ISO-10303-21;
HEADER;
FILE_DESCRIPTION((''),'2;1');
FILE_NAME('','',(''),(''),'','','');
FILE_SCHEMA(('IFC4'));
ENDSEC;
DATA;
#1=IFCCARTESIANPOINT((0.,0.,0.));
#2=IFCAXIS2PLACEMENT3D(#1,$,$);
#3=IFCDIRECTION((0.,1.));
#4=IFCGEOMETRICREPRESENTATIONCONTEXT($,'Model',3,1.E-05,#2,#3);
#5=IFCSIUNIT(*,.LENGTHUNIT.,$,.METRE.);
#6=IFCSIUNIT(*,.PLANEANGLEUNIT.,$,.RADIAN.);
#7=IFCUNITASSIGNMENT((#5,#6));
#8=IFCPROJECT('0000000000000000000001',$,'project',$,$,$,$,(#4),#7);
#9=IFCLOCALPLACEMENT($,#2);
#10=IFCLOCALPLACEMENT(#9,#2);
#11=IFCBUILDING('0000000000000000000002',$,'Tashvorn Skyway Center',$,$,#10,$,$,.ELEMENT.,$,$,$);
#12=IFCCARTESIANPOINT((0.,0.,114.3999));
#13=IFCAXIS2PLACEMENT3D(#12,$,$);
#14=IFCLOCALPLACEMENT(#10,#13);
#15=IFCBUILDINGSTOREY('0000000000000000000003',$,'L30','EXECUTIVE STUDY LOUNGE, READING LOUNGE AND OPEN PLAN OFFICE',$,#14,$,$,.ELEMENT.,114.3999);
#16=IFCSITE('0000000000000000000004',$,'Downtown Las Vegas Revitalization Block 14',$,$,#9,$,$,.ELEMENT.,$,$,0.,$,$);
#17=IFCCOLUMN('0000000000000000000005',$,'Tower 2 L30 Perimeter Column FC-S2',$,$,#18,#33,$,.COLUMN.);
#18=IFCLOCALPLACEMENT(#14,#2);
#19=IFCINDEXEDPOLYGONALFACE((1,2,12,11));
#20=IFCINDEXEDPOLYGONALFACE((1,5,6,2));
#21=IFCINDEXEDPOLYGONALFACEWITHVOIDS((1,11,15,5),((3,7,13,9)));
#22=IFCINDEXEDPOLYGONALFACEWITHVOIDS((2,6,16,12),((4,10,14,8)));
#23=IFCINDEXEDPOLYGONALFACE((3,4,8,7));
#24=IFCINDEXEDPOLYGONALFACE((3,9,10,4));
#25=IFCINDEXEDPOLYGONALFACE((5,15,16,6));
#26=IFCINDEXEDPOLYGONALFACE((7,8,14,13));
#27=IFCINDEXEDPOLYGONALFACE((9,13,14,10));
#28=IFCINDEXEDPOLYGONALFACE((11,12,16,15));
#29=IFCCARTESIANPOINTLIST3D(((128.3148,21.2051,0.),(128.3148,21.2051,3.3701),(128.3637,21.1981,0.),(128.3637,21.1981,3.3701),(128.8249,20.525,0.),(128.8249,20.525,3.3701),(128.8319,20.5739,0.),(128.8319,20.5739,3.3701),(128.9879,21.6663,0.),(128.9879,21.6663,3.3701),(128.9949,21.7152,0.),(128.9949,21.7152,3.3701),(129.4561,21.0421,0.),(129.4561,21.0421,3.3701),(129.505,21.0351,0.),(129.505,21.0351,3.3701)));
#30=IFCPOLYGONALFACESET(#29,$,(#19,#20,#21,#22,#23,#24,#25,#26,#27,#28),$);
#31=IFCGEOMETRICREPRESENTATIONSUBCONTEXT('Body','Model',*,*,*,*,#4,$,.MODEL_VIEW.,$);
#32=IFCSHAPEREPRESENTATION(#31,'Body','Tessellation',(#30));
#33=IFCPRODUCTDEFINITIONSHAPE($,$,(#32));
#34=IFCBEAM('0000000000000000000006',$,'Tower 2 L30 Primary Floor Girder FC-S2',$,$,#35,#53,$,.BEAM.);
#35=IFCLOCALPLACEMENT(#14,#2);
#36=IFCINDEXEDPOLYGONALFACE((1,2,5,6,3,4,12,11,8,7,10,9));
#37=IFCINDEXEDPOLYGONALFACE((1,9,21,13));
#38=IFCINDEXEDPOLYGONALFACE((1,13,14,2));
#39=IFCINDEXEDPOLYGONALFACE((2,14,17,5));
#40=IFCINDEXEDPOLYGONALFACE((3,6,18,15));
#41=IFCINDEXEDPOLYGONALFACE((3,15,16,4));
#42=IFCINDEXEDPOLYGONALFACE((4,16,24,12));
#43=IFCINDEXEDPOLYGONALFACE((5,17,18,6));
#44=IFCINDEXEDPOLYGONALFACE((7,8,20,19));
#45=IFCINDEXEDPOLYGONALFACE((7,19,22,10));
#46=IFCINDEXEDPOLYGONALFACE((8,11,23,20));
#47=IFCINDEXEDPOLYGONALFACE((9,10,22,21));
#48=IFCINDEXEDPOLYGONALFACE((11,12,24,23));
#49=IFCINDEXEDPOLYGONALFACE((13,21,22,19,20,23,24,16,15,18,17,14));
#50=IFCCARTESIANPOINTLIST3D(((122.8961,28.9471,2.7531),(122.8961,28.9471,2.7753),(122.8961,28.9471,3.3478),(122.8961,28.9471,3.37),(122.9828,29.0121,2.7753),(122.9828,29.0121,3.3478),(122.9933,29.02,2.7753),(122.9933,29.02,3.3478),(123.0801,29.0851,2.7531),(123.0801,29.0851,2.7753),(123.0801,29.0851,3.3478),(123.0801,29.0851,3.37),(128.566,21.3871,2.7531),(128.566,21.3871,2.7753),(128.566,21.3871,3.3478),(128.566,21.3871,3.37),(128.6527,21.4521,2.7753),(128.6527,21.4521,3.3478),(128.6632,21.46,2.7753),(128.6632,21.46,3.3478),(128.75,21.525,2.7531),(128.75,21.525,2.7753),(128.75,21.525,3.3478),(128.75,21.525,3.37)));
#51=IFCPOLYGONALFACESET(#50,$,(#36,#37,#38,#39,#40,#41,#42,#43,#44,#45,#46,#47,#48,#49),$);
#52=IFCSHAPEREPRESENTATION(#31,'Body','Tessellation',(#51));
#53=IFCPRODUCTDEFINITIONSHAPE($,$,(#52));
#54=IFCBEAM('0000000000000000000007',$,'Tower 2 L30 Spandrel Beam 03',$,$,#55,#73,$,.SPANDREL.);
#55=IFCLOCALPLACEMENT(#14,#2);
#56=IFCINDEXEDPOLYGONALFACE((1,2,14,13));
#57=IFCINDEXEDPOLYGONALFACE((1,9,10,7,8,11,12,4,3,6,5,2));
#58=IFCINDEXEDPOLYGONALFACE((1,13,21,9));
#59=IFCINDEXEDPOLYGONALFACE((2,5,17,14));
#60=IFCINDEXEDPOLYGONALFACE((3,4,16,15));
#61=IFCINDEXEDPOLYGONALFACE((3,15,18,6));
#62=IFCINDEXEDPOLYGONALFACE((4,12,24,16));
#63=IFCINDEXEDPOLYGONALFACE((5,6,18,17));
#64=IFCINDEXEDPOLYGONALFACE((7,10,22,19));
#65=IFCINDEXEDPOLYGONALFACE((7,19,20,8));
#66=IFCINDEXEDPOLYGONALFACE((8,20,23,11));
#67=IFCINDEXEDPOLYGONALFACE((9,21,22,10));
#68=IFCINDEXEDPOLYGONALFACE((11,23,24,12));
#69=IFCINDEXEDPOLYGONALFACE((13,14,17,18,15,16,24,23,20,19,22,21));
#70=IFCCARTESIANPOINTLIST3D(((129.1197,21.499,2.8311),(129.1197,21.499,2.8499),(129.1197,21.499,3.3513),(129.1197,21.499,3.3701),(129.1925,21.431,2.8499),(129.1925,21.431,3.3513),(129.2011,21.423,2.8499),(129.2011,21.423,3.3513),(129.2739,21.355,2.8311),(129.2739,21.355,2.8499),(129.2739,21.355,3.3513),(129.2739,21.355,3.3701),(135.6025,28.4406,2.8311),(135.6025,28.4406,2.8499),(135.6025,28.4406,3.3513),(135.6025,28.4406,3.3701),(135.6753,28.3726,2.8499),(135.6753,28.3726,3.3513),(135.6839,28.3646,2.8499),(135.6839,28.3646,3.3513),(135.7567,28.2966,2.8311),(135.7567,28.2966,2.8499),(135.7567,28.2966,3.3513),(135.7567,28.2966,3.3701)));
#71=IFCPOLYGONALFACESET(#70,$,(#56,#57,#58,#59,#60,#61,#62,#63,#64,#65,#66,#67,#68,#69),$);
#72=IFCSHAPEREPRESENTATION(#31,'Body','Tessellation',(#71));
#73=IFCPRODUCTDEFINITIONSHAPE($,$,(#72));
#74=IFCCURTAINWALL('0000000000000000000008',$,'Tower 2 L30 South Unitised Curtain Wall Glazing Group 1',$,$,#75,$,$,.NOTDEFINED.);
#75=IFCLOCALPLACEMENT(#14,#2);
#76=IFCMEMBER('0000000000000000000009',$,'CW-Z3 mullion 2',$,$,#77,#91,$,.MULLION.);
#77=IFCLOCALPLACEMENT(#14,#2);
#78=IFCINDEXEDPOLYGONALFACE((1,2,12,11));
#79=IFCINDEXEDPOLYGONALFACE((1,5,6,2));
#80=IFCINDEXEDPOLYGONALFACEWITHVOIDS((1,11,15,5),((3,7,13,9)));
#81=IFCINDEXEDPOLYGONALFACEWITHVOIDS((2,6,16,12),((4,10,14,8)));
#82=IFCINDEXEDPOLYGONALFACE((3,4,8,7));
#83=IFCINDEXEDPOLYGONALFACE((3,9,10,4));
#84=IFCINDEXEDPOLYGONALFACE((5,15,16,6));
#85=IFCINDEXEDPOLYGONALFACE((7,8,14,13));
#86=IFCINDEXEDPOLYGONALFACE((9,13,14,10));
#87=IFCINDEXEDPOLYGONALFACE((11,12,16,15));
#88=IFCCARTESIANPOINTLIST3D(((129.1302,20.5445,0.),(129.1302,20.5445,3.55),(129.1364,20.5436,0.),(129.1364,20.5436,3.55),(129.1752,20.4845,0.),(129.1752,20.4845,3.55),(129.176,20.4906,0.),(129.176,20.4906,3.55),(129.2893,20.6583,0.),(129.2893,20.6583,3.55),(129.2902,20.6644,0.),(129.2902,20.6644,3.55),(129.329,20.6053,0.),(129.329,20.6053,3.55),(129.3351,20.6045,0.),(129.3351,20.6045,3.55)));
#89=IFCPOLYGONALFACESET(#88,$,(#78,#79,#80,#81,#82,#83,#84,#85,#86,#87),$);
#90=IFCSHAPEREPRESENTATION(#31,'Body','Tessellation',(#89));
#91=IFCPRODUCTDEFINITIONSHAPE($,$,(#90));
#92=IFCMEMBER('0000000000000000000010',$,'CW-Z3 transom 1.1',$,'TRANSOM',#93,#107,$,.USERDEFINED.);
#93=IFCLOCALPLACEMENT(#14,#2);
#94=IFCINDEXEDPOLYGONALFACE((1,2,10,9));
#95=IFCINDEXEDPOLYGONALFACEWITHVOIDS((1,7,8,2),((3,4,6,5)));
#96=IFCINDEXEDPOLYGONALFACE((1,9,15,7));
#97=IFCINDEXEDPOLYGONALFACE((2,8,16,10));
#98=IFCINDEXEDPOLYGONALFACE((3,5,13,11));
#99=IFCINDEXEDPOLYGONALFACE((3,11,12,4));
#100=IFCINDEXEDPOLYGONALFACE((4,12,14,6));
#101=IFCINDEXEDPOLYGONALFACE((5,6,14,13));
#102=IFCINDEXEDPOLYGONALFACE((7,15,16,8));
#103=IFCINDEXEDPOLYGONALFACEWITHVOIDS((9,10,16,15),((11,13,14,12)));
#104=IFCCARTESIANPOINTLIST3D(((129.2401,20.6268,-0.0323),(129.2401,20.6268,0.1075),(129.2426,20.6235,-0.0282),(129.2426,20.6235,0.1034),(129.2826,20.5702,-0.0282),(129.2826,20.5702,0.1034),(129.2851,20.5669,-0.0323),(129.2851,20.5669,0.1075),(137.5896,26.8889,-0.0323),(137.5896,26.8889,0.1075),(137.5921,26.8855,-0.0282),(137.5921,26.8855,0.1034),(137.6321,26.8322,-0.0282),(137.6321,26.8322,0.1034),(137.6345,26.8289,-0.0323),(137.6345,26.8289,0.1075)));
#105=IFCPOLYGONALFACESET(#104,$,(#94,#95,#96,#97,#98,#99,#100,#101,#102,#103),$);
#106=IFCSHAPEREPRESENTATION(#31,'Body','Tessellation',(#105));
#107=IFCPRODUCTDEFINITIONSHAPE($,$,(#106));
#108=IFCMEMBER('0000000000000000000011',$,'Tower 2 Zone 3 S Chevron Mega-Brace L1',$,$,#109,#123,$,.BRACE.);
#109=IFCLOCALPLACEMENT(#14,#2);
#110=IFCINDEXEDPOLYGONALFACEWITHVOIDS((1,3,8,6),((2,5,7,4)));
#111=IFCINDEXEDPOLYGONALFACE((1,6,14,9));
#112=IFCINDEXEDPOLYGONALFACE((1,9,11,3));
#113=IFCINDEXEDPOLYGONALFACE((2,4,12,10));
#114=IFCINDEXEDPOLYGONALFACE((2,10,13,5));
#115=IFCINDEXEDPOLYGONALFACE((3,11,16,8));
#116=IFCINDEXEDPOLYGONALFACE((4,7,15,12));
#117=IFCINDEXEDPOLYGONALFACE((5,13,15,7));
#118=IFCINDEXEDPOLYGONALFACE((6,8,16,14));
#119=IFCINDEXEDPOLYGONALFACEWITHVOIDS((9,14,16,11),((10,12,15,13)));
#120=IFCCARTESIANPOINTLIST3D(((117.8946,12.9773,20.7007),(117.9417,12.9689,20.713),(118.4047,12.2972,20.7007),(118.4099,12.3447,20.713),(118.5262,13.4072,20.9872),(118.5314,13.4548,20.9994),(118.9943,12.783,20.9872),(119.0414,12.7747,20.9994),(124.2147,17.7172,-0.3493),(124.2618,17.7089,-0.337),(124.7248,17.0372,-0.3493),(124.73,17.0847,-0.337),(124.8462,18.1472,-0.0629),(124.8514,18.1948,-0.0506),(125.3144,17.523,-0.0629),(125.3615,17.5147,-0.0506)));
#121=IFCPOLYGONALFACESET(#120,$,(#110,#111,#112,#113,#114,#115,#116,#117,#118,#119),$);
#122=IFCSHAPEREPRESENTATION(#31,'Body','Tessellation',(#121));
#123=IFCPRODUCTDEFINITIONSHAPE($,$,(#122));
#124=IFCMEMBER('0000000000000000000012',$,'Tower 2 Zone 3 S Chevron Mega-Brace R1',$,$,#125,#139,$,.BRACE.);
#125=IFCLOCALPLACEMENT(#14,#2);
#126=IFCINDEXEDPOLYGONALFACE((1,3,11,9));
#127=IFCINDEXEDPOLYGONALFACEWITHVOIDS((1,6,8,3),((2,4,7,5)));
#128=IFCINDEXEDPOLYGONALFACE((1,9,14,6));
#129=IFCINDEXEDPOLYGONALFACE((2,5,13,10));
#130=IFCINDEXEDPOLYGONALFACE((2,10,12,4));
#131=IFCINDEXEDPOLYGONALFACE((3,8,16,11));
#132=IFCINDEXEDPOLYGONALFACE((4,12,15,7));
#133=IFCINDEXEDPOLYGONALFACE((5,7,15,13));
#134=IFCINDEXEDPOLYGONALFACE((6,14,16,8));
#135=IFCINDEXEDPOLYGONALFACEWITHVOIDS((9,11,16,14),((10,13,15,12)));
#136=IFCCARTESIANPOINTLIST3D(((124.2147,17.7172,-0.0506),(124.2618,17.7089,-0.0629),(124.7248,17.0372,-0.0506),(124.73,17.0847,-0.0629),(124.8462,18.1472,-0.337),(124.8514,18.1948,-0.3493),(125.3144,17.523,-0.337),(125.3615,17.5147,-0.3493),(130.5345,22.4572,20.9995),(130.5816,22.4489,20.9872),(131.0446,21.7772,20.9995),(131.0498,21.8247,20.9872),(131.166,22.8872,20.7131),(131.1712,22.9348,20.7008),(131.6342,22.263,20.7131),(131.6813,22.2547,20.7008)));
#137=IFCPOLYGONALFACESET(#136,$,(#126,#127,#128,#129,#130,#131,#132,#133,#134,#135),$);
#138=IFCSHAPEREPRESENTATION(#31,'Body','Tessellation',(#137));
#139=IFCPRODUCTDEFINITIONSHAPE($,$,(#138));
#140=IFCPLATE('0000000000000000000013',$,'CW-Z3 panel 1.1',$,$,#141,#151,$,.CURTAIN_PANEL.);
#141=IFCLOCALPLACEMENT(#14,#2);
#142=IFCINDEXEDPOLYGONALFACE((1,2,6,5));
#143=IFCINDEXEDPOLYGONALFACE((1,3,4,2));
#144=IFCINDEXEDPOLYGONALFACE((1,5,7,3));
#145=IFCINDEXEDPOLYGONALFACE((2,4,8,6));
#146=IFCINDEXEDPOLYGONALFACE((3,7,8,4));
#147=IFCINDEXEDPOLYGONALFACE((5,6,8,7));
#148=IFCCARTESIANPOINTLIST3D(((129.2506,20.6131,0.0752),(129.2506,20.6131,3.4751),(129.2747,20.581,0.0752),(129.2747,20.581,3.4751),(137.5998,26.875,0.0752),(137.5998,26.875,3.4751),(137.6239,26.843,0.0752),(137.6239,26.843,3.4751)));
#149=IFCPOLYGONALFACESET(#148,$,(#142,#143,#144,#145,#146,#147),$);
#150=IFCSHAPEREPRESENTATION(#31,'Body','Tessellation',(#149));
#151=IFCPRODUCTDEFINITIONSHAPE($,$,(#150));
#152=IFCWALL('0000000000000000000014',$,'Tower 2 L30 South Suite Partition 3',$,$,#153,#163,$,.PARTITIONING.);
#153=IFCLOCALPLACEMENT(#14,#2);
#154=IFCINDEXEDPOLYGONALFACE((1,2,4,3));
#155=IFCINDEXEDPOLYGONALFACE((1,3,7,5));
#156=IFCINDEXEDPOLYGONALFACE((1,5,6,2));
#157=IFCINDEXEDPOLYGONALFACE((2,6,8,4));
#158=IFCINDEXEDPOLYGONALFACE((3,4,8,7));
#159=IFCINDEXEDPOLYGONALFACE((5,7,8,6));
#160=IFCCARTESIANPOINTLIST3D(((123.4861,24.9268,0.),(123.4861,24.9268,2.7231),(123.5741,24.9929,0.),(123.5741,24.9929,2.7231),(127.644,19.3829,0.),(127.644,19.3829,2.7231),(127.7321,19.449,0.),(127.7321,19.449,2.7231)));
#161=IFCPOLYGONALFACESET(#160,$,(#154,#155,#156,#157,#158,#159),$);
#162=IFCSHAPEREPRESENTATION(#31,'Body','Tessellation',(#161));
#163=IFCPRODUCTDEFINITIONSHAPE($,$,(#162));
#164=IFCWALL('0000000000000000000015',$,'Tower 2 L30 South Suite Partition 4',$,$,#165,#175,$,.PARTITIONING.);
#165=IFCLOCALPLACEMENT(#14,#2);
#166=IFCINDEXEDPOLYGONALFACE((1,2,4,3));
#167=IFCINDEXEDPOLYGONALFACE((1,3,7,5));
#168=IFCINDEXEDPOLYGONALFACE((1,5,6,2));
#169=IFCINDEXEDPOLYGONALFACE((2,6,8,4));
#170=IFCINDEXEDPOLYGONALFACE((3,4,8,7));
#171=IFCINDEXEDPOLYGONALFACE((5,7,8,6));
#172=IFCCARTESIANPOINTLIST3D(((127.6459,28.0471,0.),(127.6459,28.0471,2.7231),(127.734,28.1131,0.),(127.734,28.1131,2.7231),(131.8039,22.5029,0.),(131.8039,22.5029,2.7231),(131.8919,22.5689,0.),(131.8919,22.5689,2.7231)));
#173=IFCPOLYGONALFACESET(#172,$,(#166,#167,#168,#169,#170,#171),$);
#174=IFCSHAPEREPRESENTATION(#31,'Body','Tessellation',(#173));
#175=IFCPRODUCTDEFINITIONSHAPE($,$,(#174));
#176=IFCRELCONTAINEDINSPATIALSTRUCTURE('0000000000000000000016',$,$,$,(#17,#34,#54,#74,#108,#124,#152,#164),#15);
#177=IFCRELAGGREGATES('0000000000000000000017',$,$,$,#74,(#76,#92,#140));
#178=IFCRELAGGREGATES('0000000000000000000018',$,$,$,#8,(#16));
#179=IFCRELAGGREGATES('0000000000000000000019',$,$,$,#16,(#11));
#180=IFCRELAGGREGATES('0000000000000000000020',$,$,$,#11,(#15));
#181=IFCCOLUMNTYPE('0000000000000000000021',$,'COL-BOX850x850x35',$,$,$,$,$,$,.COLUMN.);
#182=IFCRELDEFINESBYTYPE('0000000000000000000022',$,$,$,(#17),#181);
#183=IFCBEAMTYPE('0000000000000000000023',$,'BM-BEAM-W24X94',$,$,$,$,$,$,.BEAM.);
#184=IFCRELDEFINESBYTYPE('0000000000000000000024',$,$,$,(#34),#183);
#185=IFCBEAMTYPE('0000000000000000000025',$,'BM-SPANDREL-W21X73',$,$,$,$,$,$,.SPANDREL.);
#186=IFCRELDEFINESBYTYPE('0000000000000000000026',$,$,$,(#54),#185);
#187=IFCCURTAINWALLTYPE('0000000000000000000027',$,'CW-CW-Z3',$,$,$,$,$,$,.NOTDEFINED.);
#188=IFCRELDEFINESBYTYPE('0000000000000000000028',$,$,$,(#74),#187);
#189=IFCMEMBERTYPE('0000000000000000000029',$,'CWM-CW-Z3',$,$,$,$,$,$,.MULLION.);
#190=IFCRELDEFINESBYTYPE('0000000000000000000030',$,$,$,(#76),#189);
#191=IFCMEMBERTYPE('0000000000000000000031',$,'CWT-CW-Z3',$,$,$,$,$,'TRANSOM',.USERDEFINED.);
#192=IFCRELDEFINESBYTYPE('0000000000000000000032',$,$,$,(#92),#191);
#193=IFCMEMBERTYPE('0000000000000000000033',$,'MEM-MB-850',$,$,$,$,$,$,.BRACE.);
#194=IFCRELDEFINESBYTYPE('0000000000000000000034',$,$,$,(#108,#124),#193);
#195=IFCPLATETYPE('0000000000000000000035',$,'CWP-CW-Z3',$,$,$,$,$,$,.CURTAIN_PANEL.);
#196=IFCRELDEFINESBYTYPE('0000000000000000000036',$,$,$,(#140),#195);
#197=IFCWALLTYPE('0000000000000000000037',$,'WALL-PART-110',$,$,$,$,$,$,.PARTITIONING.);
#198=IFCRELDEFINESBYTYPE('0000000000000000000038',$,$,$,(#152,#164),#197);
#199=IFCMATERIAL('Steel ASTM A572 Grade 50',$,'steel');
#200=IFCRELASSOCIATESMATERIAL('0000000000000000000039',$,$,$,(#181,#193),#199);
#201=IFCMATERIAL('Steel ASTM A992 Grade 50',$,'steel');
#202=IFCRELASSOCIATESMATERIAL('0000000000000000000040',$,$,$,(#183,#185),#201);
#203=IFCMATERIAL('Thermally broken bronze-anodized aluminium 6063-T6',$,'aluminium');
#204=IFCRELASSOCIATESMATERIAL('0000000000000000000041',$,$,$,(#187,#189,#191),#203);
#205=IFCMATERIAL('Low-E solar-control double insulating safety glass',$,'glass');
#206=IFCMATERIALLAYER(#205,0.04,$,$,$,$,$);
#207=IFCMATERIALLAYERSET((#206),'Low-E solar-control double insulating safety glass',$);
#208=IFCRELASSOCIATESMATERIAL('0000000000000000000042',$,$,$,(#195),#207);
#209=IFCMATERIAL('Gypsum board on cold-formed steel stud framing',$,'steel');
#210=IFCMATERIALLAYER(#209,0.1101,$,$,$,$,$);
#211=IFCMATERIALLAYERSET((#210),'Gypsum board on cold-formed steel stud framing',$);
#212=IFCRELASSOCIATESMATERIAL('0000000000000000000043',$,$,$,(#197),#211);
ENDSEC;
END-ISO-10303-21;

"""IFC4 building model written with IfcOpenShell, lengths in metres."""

from ifc_helpers import new_model, si_unit, direction, frame, frame_2d, origin, origin_2d, place, context, subcontext, project, spatial, rectangle, hollow_rectangle, i_section, extrude, material, layer, layer_set, material_profile, profile_set, type_object, element, aggregate, save


model = new_model("IFC4")

# Units and contexts
model_context = context("Model", 3, precision=1e-05, world=origin(), true_north=direction((0.0, 1.0)))
body_context = subcontext(model_context, "Body", "Model", "MODEL_VIEW")
ifc_project = project(units=[si_unit("LENGTHUNIT", "METRE"), si_unit("PLANEANGLEUNIT", "RADIAN")], contexts=[model_context])

# Site, building, storey
site_placement = place(None, origin())
site = spatial("IfcSite", under=ifc_project, at=site_placement, Name="Downtown Las Vegas Revitalization Block 14", CompositionType="ELEMENT", RefElevation=0.0)
building_placement = place(site_placement, origin())
building = spatial("IfcBuilding", under=site, at=building_placement, Name="Tashvorn Skyway Center", CompositionType="ELEMENT")
storey_placement = place(building_placement, frame((0.0, 0.0, 114.3999)))
storey = spatial("IfcBuildingStorey", under=building, at=storey_placement, Name="L30", Description="EXECUTIVE STUDY LOUNGE, READING LOUNGE AND OPEN PLAN OFFICE", CompositionType="ELEMENT", Elevation=114.3999)

# Column
ifc_material_1 = material(Name="Steel ASTM A572 Grade 50", Category="steel")
ifc_material_profile_1 = material_profile(ifc_material_1, hollow_rectangle(XDim=0.8501, YDim=0.8501, WallThickness=0.0349, at=origin_2d()), Name="BOX850x850x35")
ifc_profile_set_1 = profile_set([ifc_material_profile_1], Name="Steel ASTM A572 Grade 50")
column_type = type_object("IfcColumnType", Name="COL-BOX850x850x35", PredefinedType="COLUMN", material=ifc_profile_set_1)
column_placement = place(storey_placement, frame((128.9099, 21.1201, 0.0), z_axis=(0.0, 0.0, 1.0), x_axis=(0.8, 0.6, 0.0)))
element("IfcColumn", 1, at=column_placement, inside=storey, type_object=column_type, Name="Tower 2 L30 Perimeter Column FC-S2", PredefinedType="COLUMN", context=body_context, shape_type="SweptSolid", body=[
    extrude(hollow_rectangle(XDim=0.8501, YDim=0.8501, WallThickness=0.0349, at=origin_2d()), origin(), (0.0, 0.0, 1.0), 3.3701),
])

# Beams
ifc_material_2 = material(Name="Steel ASTM A992 Grade 50", Category="steel")
ifc_material_profile_2 = material_profile(ifc_material_2, i_section(OverallWidth=0.23, OverallDepth=0.6169, WebThickness=0.0132, FlangeThickness=0.0222, at=origin_2d()), Name="W24X94")
ifc_profile_set_2 = profile_set([ifc_material_profile_2], Name="Steel ASTM A992 Grade 50")
beam_type_1 = type_object("IfcBeamType", Name="BM-BEAM-W24X94", PredefinedType="BEAM", material=ifc_profile_set_2)
beam_1_placement = place(storey_placement, frame((128.658, 21.4561, 3.0615), z_axis=(-0.599992, 0.800006, 0.0), x_axis=(-0.800006, -0.599992, 0.0)))
element("IfcBeam", 2, at=beam_1_placement, inside=storey, type_object=beam_type_1, Name="Tower 2 L30 Primary Floor Girder FC-S2", PredefinedType="BEAM", context=body_context, shape_type="SweptSolid", body=[
    extrude(i_section(OverallWidth=0.23, OverallDepth=0.6169, WebThickness=0.0132, FlangeThickness=0.0222, at=origin_2d()), origin(), (0.0, 0.0, 1.0), 9.45),
])
ifc_material_profile_3 = material_profile(ifc_material_2, i_section(OverallWidth=0.2109, OverallDepth=0.5391, WebThickness=0.0117, FlangeThickness=0.0188, at=origin_2d()), Name="W21X73")
ifc_profile_set_3 = profile_set([ifc_material_profile_3], Name="Steel ASTM A992 Grade 50")
beam_type_2 = type_object("IfcBeamType", Name="BM-SPANDREL-W21X73", PredefinedType="SPANDREL", material=ifc_profile_set_3)
beam_2_placement = place(storey_placement, frame((129.1968, 21.427, 3.1006), z_axis=(0.682545, 0.730843, 0.0), x_axis=(-0.730843, 0.682545, 0.0)))
element("IfcBeam", 3, at=beam_2_placement, inside=storey, type_object=beam_type_2, Name="Tower 2 L30 Spandrel Beam 03", PredefinedType="SPANDREL", context=body_context, shape_type="SweptSolid", body=[
    extrude(i_section(OverallWidth=0.2109, OverallDepth=0.5391, WebThickness=0.0117, FlangeThickness=0.0188, at=origin_2d()), origin(), (0.0, 0.0, 1.0), 9.498),
])

# Curtain wall, members
ifc_material_3 = material(Name="Thermally broken bronze-anodized aluminium 6063-T6", Category="aluminium")
curtain_wall_type = type_object("IfcCurtainWallType", Name="CW-CW-Z3", PredefinedType="NOTDEFINED", material=ifc_material_3)
curtain_wall_placement = place(storey_placement, origin())
curtain_wall = element("IfcCurtainWall", 4, at=curtain_wall_placement, inside=storey, type_object=curtain_wall_type, Name="Tower 2 L30 South Unitised Curtain Wall Glazing Group 1", PredefinedType="NOTDEFINED")
ifc_material_profile_4 = material_profile(ifc_material_3, hollow_rectangle(XDim=0.075, YDim=0.2, WallThickness=0.0044, at=origin_2d()), Name="ALU-MULL-75x200")
ifc_profile_set_4 = profile_set([ifc_material_profile_4], Name="Thermally broken bronze-anodized aluminium 6063-T6")
member_type_1 = type_object("IfcMemberType", Name="CWM-CW-Z3", PredefinedType="MULLION", material=ifc_profile_set_4)
member_1_placement = place(storey_placement, frame((129.2327, 20.5745, 0.0), z_axis=(0.0, 0.0, 1.0), x_axis=(0.600002, -0.799999, 0.0)))
member_1 = element("IfcMember", 5, at=member_1_placement, type_object=member_type_1, Name="CW-Z3 mullion 2", PredefinedType="MULLION", context=body_context, shape_type="SweptSolid", body=[
    extrude(hollow_rectangle(XDim=0.075, YDim=0.2, WallThickness=0.0044, at=origin_2d()), origin(), (0.0, 0.0, 1.0), 3.55),
])
ifc_material_profile_5 = material_profile(ifc_material_3, hollow_rectangle(XDim=0.075, YDim=0.1399, WallThickness=0.0042, at=origin_2d()), Name="ALU-TRAN-75x140")
ifc_profile_set_5 = profile_set([ifc_material_profile_5], Name="Thermally broken bronze-anodized aluminium 6063-T6")
member_type_2 = type_object("IfcMemberType", Name="CWT-CW-Z3", ElementType="TRANSOM", PredefinedType="USERDEFINED", material=ifc_profile_set_5)
member_2_placement = place(storey_placement, frame((137.6121, 26.8589, 0.0376), z_axis=(-0.800003, -0.599996, 0.0), x_axis=(0.599996, -0.800003, 0.0)))
member_2 = element("IfcMember", 6, at=member_2_placement, type_object=member_type_2, Name="CW-Z3 transom 1.1", ObjectType="TRANSOM", PredefinedType="USERDEFINED", context=body_context, shape_type="SweptSolid", body=[
    extrude(hollow_rectangle(XDim=0.075, YDim=0.1399, WallThickness=0.0042, at=origin_2d()), origin(), (0.0, 0.0, 1.0), 10.4368),
])

# Members
ifc_material_profile_6 = material_profile(ifc_material_1, hollow_rectangle(XDim=0.8501, YDim=0.8501, WallThickness=0.0349, at=origin_2d()), Name="BOX850x850x35")
ifc_profile_set_6 = profile_set([ifc_material_profile_6], Name="Steel ASTM A572 Grade 50")
member_type_3 = type_object("IfcMemberType", Name="MEM-MB-850", PredefinedType="BRACE", material=ifc_profile_set_6)
for number, where, z_axis, x_axis, name in (
    (7, (124.7881, 17.616, -0.2), (-0.281096, -0.210819, 0.936237), (0.599995, -0.800004, 0.0), "Tower 2 Zone 3 S Chevron Mega-Brace L1"),
    (8, (124.7881, 17.616, -0.2), (0.281086, 0.21082, 0.93624), (-0.60001, 0.799993, 0.0), "Tower 2 Zone 3 S Chevron Mega-Brace R1"),
):
    element("IfcMember", number, at=place(storey_placement, frame(where, z_axis=z_axis, x_axis=x_axis)), inside=storey, type_object=member_type_3, Name=name, PredefinedType="BRACE", context=body_context, shape_type="SweptSolid", body=[
        extrude(hollow_rectangle(XDim=0.8501, YDim=0.8501, WallThickness=0.0349, at=origin_2d()), origin(), (0.0, 0.0, 1.0), 22.4836),
    ])

# Plate
ifc_material_4 = material(Name="Low-E solar-control double insulating safety glass", Category="glass")
ifc_layer_1 = layer(ifc_material_4, 0.04)
ifc_layer_set_1 = layer_set([ifc_layer_1], Name="Low-E solar-control double insulating safety glass")
plate_type = type_object("IfcPlateType", Name="CWP-CW-Z3", PredefinedType="CURTAIN_PANEL", material=ifc_layer_set_1)
plate_placement = place(storey_placement, frame((133.4373, 23.728, 0.0752), z_axis=(0.0, 0.0, 1.0), x_axis=(-0.799999, -0.600002, 0.0)))
plate = element("IfcPlate", 9, at=plate_placement, type_object=plate_type, Name="CW-Z3 panel 1.1", PredefinedType="CURTAIN_PANEL", context=body_context, shape_type="SweptSolid", body=[
    extrude(rectangle(XDim=10.4365, YDim=0.04, at=origin_2d()), origin(), (0.0, 0.0, 1.0), 3.3999),
])
aggregate(curtain_wall, [member_1, member_2, plate])

# Walls
ifc_material_5 = material(Name="Gypsum board on cold-formed steel stud framing", Category="steel")
ifc_layer_2 = layer(ifc_material_5, 0.1101)
ifc_layer_set_2 = layer_set([ifc_layer_2], Name="Gypsum board on cold-formed steel stud framing")
wall_type = type_object("IfcWallType", Name="WALL-PART-110", PredefinedType="PARTITIONING", material=ifc_layer_set_2)
wall_1_placement = place(storey_placement, frame((127.688, 19.416, 0.0), z_axis=(0.0, 0.0, 1.0), x_axis=(-0.6, 0.8, 0.0)))
element("IfcWall", 10, at=wall_1_placement, inside=storey, type_object=wall_type, Name="Tower 2 L30 South Suite Partition 3", PredefinedType="PARTITIONING", context=body_context, shape_type="SweptSolid", body=[
    extrude(rectangle(XDim=6.9299, YDim=0.1101, at=frame_2d((3.4648, 0.0))), origin(), (0.0, 0.0, 1.0), 2.7231),
])
wall_2_placement = place(storey_placement, frame((131.8479, 22.5359, 0.0), z_axis=(0.0, 0.0, 1.0), x_axis=(-0.599983, 0.800013, 0.0)))
element("IfcWall", 11, at=wall_2_placement, inside=storey, type_object=wall_type, Name="Tower 2 L30 South Suite Partition 4", PredefinedType="PARTITIONING", context=body_context, shape_type="SweptSolid", body=[
    extrude(rectangle(XDim=6.9302, YDim=0.1101, at=frame_2d((3.4651, 0.0))), origin(), (0.0, 0.0, 1.0), 2.7231),
])

save(model, "model.ifc")
